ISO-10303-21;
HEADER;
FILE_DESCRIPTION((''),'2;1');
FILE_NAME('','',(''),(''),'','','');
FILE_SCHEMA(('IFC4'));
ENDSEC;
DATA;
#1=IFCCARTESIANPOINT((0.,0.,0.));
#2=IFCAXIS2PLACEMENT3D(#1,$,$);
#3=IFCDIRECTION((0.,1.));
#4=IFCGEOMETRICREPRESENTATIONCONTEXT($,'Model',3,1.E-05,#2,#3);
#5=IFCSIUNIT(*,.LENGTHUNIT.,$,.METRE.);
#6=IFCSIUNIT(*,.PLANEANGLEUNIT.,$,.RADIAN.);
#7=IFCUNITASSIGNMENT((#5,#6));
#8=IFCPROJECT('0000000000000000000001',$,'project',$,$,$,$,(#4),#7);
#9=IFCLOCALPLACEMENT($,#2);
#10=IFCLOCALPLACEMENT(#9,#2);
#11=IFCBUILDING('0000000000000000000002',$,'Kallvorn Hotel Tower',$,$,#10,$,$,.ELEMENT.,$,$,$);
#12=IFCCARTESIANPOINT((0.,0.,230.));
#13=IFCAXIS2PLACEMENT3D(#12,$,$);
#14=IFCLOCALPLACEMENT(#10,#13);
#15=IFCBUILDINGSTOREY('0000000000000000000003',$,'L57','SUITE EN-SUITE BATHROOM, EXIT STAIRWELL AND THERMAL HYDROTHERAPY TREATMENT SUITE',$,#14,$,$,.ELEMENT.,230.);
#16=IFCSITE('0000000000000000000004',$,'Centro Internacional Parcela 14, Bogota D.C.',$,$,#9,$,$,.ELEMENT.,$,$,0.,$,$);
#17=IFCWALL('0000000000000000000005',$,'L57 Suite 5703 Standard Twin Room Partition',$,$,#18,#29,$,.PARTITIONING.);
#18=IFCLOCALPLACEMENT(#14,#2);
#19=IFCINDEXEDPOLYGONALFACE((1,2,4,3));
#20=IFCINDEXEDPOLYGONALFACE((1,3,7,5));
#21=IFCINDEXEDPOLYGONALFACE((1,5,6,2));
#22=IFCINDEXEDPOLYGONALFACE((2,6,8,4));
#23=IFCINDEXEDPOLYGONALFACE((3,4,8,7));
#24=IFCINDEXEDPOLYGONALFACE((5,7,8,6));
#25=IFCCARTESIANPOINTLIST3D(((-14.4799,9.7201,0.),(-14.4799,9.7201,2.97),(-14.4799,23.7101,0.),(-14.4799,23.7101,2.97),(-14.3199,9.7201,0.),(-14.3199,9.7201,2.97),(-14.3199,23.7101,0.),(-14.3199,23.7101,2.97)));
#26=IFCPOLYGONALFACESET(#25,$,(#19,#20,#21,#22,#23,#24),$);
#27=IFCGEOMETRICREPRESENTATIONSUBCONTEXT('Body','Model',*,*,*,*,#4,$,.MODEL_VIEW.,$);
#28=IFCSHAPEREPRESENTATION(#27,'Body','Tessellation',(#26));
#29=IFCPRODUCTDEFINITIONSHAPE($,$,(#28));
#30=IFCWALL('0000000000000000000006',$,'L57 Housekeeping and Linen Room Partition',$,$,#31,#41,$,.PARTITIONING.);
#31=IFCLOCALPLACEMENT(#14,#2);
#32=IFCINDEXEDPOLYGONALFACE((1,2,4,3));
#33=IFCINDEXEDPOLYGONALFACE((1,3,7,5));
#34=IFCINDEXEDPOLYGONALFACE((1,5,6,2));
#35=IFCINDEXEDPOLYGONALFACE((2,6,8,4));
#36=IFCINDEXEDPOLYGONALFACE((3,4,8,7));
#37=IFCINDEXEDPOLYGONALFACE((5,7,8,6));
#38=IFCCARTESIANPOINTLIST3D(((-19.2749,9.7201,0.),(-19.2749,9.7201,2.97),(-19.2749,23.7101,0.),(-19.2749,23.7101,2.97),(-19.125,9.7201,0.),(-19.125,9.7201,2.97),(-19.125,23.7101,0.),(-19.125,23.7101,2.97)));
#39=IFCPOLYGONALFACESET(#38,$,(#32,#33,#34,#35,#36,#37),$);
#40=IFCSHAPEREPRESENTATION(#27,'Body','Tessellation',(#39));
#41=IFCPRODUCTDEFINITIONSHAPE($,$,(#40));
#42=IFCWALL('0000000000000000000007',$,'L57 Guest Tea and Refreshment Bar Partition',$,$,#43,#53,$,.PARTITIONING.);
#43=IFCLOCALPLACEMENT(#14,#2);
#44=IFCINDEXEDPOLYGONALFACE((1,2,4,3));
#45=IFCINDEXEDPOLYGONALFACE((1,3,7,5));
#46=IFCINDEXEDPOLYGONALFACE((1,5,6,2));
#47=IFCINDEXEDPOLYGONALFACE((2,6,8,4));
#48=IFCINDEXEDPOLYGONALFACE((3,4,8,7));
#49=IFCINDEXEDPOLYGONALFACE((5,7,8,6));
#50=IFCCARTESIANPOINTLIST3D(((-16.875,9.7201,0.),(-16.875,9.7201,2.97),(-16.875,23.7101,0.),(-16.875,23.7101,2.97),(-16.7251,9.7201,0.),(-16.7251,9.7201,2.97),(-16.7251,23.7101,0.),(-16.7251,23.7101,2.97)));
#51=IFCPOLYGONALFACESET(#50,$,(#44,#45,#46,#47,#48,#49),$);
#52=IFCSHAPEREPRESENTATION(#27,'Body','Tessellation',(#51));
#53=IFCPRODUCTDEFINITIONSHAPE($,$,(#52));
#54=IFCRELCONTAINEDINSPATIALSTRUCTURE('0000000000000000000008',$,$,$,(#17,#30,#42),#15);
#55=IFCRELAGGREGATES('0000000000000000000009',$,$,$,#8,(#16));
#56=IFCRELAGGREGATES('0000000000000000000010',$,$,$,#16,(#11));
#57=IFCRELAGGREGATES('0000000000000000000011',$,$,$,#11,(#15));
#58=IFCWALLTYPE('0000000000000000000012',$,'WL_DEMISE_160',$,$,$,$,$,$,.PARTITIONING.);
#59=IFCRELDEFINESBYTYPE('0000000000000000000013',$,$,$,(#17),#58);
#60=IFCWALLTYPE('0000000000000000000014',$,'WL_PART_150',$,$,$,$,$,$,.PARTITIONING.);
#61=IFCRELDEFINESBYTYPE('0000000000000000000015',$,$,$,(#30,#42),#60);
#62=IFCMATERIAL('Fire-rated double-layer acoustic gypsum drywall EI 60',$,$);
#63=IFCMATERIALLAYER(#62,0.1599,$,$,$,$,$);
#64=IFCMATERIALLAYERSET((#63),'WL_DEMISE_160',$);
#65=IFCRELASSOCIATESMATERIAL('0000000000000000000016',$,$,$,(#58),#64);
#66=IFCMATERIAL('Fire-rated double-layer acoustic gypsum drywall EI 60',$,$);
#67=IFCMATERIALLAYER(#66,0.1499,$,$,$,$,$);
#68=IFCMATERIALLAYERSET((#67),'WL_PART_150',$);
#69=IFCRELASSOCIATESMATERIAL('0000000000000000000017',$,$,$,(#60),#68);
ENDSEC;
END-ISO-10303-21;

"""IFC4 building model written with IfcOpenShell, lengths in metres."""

from ifc_helpers import new_model, si_unit, direction, frame, frame_2d, origin, place, context, subcontext, project, spatial, rectangle, extrude, material, layer, layer_set, type_object, element, save


model = new_model("IFC4")

# Units and contexts
model_context = context("Model", 3, precision=1e-05, world=origin(), true_north=direction((0.0, 1.0)))
body_context = subcontext(model_context, "Body", "Model", "MODEL_VIEW")
ifc_project = project(units=[si_unit("LENGTHUNIT", "METRE"), si_unit("PLANEANGLEUNIT", "RADIAN")], contexts=[model_context])

# Site, building, storey
site_placement = place(None, origin())
site = spatial("IfcSite", under=ifc_project, at=site_placement, Name="Centro Internacional Parcela 14, Bogota D.C.", CompositionType="ELEMENT", RefElevation=0.0)
building_placement = place(site_placement, origin())
building = spatial("IfcBuilding", under=site, at=building_placement, Name="Kallvorn Hotel Tower", CompositionType="ELEMENT")
storey_placement = place(building_placement, frame((0.0, 0.0, 230.0)))
storey = spatial("IfcBuildingStorey", under=building, at=storey_placement, Name="L57", Description="SUITE EN-SUITE BATHROOM, EXIT STAIRWELL AND THERMAL HYDROTHERAPY TREATMENT SUITE", CompositionType="ELEMENT", Elevation=230.0)

# Shared definitions
ifc_material_1 = material(Name="Fire-rated double-layer acoustic gypsum drywall EI 60")
ifc_layer_1 = layer(ifc_material_1, 0.1599)
ifc_layer_set_1 = layer_set([ifc_layer_1], Name="WL_DEMISE_160")
wall_type_1 = type_object("IfcWallType", Name="WL_DEMISE_160", PredefinedType="PARTITIONING", material=ifc_layer_set_1)

# Walls
wall_1_placement = place(storey_placement, frame((-14.3999, 9.72, 0.0), z_axis=(0.0, 0.0, 1.0), x_axis=(0.0, 1.0, 0.0)))
element("IfcWall", 1, at=wall_1_placement, inside=storey, type_object=wall_type_1, Name="L57 Suite 5703 Standard Twin Room Partition", PredefinedType="PARTITIONING", context=body_context, shape_type="SweptSolid", body=[
    extrude(rectangle(XDim=13.99, YDim=0.1599, at=frame_2d((6.9951, 0.0))), origin(), (0.0, 0.0, 1.0), 2.97),
])
ifc_material_2 = material(Name="Fire-rated double-layer acoustic gypsum drywall EI 60")
ifc_layer_2 = layer(ifc_material_2, 0.1499)
ifc_layer_set_2 = layer_set([ifc_layer_2], Name="WL_PART_150")
wall_type_2 = type_object("IfcWallType", Name="WL_PART_150", PredefinedType="PARTITIONING", material=ifc_layer_set_2)
for number, where, z_axis, x_axis, name in (
    (2, (-19.2, 9.72, 0.0), (0.0, 0.0, 1.0), (0.0, 1.0, 0.0), "L57 Housekeeping and Linen Room Partition"),
    (3, (-16.8, 9.72, 0.0), (0.0, 0.0, 1.0), (0.0, 1.0, 0.0), "L57 Guest Tea and Refreshment Bar Partition"),
):
    element("IfcWall", number, at=place(storey_placement, frame(where, z_axis=z_axis, x_axis=x_axis)), inside=storey, type_object=wall_type_2, Name=name, PredefinedType="PARTITIONING", context=body_context, shape_type="SweptSolid", body=[
        extrude(rectangle(XDim=13.99, YDim=0.1499, at=frame_2d((6.9951, 0.0))), origin(), (0.0, 0.0, 1.0), 2.97),
    ])

save(model, "model.ifc")
